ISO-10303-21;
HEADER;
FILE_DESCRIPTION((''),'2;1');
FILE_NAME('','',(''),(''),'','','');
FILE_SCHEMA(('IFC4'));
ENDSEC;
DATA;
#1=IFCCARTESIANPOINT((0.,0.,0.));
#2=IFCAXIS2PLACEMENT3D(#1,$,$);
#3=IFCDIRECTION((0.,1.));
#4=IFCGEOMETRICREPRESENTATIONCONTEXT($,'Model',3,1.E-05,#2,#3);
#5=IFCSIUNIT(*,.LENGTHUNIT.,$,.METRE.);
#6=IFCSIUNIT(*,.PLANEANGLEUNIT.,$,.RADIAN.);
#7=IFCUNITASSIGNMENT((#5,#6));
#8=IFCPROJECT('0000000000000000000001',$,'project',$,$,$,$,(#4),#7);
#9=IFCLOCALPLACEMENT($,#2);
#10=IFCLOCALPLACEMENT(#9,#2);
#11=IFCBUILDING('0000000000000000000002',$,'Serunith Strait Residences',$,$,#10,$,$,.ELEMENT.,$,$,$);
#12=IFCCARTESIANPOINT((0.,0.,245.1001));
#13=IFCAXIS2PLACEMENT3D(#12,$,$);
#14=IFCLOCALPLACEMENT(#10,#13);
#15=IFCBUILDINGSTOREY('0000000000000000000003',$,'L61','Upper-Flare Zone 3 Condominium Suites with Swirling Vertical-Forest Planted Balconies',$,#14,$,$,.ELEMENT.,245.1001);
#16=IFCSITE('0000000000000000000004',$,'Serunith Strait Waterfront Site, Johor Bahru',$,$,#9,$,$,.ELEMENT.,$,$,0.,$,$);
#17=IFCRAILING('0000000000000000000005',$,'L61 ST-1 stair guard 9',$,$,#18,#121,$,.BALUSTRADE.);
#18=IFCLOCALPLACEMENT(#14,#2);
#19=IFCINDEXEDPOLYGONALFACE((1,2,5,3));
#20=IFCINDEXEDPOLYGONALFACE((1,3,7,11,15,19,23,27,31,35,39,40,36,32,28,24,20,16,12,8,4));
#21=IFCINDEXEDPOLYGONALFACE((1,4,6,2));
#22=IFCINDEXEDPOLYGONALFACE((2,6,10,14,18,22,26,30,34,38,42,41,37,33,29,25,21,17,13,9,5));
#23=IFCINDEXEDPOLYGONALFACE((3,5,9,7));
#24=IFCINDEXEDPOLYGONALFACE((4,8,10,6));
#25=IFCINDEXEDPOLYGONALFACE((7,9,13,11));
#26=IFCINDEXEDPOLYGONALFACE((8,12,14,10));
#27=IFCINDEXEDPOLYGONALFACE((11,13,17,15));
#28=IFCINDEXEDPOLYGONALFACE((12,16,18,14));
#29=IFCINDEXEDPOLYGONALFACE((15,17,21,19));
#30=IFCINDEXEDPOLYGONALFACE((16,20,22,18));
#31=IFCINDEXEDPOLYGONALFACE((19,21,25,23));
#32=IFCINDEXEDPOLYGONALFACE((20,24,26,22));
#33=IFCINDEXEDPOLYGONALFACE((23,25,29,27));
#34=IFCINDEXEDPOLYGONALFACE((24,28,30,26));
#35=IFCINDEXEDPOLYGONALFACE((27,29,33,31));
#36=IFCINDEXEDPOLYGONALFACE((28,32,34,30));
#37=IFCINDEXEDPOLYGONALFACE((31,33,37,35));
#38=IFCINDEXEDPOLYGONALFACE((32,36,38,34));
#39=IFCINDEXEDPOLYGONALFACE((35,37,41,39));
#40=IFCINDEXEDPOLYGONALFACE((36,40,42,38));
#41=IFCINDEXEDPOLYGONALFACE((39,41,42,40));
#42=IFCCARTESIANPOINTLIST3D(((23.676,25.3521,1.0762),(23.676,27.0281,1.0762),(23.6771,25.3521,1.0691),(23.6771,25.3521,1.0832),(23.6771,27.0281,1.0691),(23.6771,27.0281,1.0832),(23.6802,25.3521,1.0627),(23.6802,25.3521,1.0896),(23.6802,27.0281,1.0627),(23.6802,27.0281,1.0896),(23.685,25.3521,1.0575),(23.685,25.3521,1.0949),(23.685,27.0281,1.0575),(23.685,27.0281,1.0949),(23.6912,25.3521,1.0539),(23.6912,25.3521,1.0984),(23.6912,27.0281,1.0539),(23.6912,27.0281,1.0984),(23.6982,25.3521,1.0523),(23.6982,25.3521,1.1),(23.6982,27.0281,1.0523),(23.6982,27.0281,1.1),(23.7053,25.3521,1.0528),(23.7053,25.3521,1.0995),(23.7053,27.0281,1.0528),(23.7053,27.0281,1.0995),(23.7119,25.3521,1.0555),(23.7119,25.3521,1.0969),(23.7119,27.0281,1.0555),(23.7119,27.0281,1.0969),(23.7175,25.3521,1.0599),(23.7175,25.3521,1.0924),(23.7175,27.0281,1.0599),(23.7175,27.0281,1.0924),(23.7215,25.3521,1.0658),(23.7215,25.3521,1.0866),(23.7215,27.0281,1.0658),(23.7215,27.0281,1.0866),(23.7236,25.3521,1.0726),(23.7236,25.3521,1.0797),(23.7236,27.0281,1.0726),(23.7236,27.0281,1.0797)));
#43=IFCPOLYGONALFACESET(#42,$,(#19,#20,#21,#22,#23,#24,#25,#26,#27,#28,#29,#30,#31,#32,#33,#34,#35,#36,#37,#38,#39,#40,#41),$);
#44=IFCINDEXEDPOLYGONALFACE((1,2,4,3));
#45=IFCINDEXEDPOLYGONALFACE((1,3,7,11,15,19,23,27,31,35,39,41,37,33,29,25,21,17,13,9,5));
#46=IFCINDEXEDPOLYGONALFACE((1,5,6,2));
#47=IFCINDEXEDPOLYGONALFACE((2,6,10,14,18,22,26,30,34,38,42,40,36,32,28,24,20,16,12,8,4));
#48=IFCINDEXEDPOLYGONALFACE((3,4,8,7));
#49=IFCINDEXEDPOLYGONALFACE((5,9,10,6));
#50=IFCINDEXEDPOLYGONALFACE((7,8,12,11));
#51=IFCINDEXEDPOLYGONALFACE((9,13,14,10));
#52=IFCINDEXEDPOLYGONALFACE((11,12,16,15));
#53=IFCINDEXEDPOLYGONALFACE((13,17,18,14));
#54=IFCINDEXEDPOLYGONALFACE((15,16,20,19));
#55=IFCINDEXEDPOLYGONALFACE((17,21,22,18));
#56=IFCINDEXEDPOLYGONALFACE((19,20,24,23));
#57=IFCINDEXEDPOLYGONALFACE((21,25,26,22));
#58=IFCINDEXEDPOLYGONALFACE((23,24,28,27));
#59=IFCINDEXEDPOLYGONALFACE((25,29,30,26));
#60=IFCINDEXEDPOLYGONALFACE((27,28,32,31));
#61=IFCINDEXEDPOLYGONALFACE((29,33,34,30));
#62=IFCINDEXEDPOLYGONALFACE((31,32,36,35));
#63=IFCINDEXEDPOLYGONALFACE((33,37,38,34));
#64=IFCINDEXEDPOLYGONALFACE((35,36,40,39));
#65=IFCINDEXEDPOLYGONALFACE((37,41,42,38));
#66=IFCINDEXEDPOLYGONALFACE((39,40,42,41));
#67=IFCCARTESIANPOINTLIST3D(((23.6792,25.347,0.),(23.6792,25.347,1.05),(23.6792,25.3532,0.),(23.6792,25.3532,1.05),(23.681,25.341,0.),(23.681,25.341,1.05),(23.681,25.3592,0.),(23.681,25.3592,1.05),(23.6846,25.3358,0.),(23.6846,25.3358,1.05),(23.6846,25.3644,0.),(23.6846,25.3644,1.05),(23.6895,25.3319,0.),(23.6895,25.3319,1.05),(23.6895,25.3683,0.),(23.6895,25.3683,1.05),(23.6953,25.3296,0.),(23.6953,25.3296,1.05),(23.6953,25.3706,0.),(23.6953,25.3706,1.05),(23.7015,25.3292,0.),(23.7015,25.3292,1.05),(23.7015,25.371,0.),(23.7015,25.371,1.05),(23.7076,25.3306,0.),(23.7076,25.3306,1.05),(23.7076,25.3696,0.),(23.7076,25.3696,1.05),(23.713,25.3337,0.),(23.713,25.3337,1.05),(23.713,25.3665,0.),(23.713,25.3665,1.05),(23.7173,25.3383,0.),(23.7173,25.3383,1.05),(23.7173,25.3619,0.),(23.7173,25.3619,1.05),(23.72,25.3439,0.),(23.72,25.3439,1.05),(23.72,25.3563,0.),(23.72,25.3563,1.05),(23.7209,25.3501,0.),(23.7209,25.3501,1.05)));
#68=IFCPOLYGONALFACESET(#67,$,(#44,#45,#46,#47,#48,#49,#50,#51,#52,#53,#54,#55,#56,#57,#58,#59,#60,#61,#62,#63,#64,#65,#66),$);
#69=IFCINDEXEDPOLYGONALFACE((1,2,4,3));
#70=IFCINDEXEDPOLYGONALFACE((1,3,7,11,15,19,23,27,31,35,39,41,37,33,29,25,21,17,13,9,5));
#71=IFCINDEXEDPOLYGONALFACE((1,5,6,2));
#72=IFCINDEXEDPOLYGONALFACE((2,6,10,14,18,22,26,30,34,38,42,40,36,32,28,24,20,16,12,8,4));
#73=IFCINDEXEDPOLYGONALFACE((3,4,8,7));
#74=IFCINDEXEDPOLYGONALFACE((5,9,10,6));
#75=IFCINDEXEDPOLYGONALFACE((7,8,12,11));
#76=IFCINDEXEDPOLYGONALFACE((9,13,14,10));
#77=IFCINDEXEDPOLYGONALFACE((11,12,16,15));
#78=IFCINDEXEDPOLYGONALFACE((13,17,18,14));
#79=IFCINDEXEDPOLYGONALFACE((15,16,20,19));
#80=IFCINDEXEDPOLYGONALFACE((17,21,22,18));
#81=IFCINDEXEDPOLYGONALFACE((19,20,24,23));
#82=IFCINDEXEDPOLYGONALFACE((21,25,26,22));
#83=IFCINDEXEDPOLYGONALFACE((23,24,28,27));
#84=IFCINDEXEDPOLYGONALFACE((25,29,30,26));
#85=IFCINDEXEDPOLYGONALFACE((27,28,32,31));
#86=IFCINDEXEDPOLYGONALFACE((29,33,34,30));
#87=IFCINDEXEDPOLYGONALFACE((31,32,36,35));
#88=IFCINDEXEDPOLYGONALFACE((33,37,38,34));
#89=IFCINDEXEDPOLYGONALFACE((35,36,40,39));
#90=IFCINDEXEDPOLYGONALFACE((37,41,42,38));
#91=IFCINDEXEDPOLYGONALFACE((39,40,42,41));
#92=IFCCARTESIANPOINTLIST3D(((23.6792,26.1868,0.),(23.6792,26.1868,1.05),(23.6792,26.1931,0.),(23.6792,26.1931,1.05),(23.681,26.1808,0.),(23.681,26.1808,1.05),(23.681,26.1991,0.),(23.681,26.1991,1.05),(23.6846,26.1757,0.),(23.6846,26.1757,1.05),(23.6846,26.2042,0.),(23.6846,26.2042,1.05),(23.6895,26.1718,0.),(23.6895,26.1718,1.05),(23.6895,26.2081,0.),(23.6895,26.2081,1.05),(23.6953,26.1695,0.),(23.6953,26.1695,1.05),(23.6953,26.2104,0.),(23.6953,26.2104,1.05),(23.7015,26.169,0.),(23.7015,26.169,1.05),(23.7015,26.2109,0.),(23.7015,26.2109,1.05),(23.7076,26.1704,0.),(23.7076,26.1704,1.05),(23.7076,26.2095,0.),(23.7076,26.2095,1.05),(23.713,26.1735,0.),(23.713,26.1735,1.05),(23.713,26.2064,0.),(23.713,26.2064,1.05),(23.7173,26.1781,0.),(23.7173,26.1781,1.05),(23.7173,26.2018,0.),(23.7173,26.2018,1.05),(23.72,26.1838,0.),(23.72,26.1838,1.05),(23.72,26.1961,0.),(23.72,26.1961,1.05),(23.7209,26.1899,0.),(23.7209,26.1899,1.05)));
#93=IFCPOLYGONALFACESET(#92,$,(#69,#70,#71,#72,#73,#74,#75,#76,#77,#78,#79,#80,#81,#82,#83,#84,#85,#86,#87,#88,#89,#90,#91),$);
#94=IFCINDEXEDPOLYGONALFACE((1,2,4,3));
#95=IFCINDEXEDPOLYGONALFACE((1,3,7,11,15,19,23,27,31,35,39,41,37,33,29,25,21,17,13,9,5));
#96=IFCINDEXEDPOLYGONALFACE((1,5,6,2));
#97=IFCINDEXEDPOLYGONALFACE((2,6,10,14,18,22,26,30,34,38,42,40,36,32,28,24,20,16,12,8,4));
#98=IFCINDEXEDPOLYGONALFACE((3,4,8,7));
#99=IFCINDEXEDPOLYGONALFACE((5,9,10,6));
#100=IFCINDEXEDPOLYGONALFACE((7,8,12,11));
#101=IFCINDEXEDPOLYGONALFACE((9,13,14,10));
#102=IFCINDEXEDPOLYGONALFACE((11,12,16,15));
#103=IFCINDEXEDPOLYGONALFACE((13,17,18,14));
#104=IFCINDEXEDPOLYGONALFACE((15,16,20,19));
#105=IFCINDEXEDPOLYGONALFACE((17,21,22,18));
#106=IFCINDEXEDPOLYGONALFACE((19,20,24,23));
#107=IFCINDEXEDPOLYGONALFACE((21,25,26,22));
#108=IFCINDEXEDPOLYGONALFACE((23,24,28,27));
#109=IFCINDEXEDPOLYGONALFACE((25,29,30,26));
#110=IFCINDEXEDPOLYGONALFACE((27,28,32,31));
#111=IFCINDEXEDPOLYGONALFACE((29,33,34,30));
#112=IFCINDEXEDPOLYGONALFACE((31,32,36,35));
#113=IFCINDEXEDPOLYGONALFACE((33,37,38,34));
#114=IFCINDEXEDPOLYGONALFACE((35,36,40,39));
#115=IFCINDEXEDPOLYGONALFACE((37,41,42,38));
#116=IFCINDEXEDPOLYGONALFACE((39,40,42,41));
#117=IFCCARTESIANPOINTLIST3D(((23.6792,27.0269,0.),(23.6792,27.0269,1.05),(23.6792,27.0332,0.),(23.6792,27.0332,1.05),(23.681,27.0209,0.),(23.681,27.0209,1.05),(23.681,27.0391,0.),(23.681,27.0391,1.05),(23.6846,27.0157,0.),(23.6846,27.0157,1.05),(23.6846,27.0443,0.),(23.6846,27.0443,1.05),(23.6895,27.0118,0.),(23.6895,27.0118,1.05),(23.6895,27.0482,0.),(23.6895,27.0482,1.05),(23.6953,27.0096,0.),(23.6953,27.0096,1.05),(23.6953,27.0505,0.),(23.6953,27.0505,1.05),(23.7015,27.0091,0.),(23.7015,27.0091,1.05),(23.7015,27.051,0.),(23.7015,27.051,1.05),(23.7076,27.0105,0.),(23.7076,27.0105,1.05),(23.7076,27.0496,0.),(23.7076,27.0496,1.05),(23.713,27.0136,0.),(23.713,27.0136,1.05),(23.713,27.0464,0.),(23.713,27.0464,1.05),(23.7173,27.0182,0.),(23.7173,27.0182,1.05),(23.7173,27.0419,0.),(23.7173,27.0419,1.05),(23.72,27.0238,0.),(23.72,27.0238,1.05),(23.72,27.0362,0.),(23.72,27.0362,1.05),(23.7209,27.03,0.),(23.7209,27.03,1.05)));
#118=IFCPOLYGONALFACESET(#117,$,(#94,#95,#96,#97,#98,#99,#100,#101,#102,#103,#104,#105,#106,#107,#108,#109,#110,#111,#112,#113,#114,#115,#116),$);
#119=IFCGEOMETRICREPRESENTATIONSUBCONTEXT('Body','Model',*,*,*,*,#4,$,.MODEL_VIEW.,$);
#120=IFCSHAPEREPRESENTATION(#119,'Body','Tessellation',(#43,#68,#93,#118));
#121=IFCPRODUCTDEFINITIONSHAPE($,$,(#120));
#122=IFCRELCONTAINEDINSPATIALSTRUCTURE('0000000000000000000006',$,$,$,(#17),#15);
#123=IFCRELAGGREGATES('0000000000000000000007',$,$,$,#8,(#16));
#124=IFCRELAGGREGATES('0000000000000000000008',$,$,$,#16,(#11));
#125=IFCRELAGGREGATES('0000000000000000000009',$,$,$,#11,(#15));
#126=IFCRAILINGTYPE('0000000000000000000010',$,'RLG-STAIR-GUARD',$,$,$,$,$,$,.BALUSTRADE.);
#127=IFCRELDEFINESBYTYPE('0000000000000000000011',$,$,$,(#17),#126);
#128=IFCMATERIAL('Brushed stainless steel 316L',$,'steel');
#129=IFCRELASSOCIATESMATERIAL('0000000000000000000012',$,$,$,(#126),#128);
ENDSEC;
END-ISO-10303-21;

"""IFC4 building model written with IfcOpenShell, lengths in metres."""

from ifc_helpers import new_model, si_unit, direction, frame, origin, origin_2d, place, context, subcontext, project, spatial, circle, extrude, material, type_object, element, save


model = new_model("IFC4")

# Units and contexts
model_context = context("Model", 3, precision=1e-05, world=origin(), true_north=direction((0.0, 1.0)))
body_context = subcontext(model_context, "Body", "Model", "MODEL_VIEW")
ifc_project = project(units=[si_unit("LENGTHUNIT", "METRE"), si_unit("PLANEANGLEUNIT", "RADIAN")], contexts=[model_context])

# Site, building, storey
site_placement = place(None, origin())
site = spatial("IfcSite", under=ifc_project, at=site_placement, Name="Serunith Strait Waterfront Site, Johor Bahru", CompositionType="ELEMENT", RefElevation=0.0)
building_placement = place(site_placement, origin())
building = spatial("IfcBuilding", under=site, at=building_placement, Name="Serunith Strait Residences", CompositionType="ELEMENT")
storey_placement = place(building_placement, frame((0.0, 0.0, 245.1001)))
storey = spatial("IfcBuildingStorey", under=building, at=storey_placement, Name="L61", Description="Upper-Flare Zone 3 Condominium Suites with Swirling Vertical-Forest Planted Balconies", CompositionType="ELEMENT", Elevation=245.1001)

# Railing
ifc_material_1 = material(Name="Brushed stainless steel 316L", Category="steel")
railing_type_1 = type_object("IfcRailingType", Name="RLG-STAIR-GUARD", PredefinedType="BALUSTRADE", material=ifc_material_1)
for number, where, name in (
    (1, (23.7, 25.3501, 0.0), "L61 ST-1 stair guard 9"),
):
    element("IfcRailing", number, at=place(storey_placement, frame(where)), inside=storey, type_object=railing_type_1, Name=name, PredefinedType="BALUSTRADE", context=body_context, shape_type="SweptSolid", body=[
        extrude(circle(Radius=0.0239, at=origin_2d()), frame((0.0, 0.002, 1.0762), z_axis=(0.0, 1.0, 0.0), x_axis=(-1.0, 0.0, 0.0)), (0.0, 0.0, 1.0), 1.676),
        extrude(circle(Radius=0.021, at=origin_2d()), origin(), (0.0, 0.0, 1.0), 1.05),
        extrude(circle(Radius=0.021, at=origin_2d()), frame((0.0, 0.8398, 0.0)), (0.0, 0.0, 1.0), 1.05),
        extrude(circle(Radius=0.021, at=origin_2d()), frame((0.0, 1.6799, 0.0)), (0.0, 0.0, 1.0), 1.05),
    ])

save(model, "model.ifc")
